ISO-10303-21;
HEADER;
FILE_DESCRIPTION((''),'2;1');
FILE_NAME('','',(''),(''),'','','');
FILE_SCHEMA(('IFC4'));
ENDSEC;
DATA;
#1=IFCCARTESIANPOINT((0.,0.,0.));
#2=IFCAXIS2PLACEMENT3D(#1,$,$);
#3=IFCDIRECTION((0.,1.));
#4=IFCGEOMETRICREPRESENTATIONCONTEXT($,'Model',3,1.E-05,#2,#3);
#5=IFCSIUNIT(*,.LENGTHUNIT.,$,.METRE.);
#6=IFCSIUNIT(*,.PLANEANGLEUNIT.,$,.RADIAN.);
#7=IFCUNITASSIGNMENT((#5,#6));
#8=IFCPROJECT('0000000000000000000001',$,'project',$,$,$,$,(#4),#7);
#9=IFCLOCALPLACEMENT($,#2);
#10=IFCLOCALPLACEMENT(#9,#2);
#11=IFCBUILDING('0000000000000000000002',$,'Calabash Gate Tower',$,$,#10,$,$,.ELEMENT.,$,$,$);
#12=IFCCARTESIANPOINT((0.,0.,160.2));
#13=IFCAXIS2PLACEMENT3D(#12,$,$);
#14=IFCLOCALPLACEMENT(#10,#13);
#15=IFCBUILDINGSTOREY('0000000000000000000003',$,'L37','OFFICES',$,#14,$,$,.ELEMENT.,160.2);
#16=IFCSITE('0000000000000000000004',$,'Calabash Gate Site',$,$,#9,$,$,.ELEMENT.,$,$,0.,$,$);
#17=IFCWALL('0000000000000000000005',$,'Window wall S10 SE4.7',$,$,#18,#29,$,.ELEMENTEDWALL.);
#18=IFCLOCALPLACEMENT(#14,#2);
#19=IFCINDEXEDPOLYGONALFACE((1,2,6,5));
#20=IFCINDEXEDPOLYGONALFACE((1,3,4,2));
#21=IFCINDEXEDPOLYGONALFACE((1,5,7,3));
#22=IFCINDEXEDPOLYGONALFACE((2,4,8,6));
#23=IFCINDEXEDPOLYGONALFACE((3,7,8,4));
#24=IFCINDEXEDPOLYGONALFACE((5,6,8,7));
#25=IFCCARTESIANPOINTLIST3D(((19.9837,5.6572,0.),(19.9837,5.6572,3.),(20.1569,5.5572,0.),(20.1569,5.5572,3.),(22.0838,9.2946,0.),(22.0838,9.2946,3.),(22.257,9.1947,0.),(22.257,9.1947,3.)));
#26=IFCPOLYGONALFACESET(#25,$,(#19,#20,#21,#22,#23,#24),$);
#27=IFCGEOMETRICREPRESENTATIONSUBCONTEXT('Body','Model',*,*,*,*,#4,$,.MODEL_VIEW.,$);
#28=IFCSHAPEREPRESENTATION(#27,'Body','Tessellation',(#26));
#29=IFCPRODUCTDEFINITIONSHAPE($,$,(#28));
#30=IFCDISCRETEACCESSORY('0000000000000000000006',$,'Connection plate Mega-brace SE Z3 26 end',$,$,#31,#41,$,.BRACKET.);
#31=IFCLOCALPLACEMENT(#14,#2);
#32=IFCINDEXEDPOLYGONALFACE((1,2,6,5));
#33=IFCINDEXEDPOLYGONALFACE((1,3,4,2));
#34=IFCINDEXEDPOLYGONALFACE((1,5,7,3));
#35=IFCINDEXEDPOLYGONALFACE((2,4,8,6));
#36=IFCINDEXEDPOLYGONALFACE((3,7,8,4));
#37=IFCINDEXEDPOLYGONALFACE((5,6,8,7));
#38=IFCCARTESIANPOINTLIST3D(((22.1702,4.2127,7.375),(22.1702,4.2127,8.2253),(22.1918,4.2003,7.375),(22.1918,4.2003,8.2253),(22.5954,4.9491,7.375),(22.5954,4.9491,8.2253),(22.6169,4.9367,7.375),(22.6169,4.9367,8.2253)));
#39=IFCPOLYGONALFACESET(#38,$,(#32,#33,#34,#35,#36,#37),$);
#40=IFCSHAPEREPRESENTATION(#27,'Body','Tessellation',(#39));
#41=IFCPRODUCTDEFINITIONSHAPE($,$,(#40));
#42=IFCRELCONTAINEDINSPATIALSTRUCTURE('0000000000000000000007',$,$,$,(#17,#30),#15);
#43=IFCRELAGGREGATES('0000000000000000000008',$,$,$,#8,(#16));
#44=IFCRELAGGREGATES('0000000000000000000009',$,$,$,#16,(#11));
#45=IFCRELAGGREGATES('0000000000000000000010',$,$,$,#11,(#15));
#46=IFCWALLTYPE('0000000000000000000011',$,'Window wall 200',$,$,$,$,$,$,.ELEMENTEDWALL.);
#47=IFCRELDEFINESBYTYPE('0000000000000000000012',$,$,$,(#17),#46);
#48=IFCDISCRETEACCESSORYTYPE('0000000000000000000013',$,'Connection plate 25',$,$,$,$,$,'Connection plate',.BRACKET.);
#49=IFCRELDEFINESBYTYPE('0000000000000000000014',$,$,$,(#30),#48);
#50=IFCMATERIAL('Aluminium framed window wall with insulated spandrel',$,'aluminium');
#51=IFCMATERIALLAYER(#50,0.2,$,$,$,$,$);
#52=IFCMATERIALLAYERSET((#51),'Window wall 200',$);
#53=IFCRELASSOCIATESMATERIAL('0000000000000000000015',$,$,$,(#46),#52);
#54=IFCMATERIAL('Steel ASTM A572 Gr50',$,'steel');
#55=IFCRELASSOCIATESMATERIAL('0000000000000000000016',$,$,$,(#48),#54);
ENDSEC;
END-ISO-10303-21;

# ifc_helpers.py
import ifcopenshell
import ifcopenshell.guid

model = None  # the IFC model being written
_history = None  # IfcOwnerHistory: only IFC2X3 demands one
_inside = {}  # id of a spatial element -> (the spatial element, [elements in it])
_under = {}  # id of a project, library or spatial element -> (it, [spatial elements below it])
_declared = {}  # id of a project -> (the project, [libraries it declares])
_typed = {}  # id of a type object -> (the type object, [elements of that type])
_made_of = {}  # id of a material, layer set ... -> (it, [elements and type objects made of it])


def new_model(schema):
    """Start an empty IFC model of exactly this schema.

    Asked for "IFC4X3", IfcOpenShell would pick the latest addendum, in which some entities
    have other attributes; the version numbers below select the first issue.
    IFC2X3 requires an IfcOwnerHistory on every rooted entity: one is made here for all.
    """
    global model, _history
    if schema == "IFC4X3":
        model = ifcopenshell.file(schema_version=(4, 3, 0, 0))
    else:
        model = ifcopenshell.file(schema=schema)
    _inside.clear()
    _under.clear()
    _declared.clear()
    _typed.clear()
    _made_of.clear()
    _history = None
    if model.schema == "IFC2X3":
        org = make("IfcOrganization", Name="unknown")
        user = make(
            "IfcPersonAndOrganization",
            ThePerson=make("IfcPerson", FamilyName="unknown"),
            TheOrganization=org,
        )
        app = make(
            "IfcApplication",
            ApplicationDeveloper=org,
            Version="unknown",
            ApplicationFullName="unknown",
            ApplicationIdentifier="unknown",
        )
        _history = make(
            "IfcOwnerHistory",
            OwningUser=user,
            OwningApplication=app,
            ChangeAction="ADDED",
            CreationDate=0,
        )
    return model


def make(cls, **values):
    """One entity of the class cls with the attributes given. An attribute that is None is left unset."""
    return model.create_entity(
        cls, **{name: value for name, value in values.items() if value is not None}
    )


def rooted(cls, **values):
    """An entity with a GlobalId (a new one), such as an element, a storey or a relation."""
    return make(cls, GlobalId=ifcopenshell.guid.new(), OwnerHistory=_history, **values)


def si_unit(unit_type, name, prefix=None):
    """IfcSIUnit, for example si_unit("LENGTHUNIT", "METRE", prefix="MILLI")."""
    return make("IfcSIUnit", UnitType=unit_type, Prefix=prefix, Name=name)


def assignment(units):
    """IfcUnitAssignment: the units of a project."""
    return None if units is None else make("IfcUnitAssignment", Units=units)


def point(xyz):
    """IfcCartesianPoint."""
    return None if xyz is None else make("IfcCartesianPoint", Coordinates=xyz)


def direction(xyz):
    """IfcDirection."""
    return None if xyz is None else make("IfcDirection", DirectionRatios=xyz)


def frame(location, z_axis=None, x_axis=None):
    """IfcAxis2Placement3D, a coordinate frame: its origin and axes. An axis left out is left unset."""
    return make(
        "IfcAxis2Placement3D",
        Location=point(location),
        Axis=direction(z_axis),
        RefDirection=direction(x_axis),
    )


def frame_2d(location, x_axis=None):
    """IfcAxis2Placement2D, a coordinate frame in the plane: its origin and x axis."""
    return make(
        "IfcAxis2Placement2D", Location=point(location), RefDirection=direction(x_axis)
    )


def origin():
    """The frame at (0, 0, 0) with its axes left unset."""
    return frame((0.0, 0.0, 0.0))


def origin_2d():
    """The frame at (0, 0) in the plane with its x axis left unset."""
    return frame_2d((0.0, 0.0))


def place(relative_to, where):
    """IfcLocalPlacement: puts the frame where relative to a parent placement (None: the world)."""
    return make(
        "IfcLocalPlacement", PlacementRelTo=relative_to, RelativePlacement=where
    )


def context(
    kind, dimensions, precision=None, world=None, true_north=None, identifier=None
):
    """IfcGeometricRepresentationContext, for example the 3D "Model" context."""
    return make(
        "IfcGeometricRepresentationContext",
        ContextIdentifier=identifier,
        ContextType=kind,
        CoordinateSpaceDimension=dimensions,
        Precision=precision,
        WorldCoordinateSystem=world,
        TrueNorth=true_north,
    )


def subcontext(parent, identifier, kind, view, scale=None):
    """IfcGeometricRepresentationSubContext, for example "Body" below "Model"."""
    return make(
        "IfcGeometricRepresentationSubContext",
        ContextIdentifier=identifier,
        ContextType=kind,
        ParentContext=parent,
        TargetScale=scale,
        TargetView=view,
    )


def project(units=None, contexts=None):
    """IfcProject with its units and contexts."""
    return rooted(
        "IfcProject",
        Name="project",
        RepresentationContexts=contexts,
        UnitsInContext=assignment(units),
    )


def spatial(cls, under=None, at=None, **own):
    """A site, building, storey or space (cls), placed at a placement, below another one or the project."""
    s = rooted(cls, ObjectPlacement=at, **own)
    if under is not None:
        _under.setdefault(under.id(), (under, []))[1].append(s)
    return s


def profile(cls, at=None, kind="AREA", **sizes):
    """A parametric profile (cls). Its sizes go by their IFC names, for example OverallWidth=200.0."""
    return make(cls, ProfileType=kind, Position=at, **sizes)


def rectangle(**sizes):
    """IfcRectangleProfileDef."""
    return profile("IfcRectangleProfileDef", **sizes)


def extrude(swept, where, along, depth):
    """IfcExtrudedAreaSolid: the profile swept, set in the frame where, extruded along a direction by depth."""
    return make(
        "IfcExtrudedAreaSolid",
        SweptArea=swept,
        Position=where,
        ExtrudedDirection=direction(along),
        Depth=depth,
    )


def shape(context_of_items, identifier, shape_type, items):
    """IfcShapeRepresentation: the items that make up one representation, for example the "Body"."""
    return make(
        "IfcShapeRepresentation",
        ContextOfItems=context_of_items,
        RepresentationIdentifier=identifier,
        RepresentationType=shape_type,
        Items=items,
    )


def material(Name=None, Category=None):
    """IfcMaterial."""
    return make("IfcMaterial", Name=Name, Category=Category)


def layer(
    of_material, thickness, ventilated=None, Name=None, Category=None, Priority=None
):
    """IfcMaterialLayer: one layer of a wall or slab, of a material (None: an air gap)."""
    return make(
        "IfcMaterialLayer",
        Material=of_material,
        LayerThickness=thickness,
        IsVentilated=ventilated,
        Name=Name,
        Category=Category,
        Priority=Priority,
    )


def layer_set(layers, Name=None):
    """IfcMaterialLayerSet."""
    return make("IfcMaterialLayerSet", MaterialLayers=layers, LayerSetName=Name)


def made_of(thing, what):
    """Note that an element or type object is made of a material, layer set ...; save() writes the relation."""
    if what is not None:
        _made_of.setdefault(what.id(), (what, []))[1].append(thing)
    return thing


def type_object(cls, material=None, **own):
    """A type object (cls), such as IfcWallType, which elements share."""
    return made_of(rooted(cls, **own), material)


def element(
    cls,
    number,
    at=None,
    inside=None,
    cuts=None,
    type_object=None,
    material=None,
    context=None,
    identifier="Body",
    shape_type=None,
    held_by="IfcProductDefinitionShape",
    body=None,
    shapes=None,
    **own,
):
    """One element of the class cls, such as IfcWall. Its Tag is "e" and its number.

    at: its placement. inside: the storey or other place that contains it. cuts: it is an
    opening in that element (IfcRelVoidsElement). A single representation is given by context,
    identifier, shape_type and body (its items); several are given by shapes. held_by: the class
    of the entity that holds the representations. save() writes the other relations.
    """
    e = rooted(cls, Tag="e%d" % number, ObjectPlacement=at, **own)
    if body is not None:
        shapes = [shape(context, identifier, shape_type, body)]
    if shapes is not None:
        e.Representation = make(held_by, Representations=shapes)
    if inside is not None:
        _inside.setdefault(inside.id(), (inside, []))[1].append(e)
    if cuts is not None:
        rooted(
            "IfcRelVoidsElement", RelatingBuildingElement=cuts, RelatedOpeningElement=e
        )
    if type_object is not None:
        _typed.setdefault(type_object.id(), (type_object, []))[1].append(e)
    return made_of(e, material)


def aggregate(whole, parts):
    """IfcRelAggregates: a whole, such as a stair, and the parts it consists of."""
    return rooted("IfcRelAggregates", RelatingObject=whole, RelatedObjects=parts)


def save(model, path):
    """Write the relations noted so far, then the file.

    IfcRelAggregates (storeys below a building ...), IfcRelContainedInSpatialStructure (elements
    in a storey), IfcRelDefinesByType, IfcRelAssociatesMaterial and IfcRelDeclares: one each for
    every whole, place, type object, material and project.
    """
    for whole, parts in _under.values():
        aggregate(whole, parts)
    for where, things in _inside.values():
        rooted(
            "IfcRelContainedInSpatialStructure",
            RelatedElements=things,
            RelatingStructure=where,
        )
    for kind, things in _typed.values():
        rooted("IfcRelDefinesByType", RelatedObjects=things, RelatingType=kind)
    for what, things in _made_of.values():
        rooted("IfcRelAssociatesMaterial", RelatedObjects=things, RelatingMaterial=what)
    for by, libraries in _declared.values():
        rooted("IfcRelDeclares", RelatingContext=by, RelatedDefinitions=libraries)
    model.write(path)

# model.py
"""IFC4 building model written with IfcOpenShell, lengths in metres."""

from ifc_helpers import new_model, si_unit, direction, frame, frame_2d, origin, origin_2d, place, context, subcontext, project, spatial, rectangle, extrude, material, layer, layer_set, type_object, element, save


model = new_model("IFC4")

# Units and contexts
model_context = context("Model", 3, precision=1e-05, world=origin(), true_north=direction((0.0, 1.0)))
body_context = subcontext(model_context, "Body", "Model", "MODEL_VIEW")
ifc_project = project(units=[si_unit("LENGTHUNIT", "METRE"), si_unit("PLANEANGLEUNIT", "RADIAN")], contexts=[model_context])

# Site, building, storey
site_placement = place(None, origin())
site = spatial("IfcSite", under=ifc_project, at=site_placement, Name="Calabash Gate Site", CompositionType="ELEMENT", RefElevation=0.0)
building_placement = place(site_placement, origin())
building = spatial("IfcBuilding", under=site, at=building_placement, Name="Calabash Gate Tower", CompositionType="ELEMENT")
storey_placement = place(building_placement, frame((0.0, 0.0, 160.2)))
storey = spatial("IfcBuildingStorey", under=building, at=storey_placement, Name="L37", Description="OFFICES", CompositionType="ELEMENT", Elevation=160.2)

# Wall
ifc_material_1 = material(Name="Aluminium framed window wall with insulated spandrel", Category="aluminium")
ifc_layer_1 = layer(ifc_material_1, 0.2)
ifc_layer_set_1 = layer_set([ifc_layer_1], Name="Window wall 200")
wall_type_1 = type_object("IfcWallType", Name="Window wall 200", PredefinedType="ELEMENTEDWALL", material=ifc_layer_set_1)
wall_1_placement = place(storey_placement, frame((20.0703, 5.6072, 0.0), z_axis=(0.0, 0.0, 1.0), x_axis=(0.500003, 0.866024, 0.0)))
element("IfcWall", 1, at=wall_1_placement, inside=storey, type_object=wall_type_1, Name="Window wall S10 SE4.7", PredefinedType="ELEMENTEDWALL", context=body_context, shape_type="SweptSolid", body=[
    extrude(rectangle(XDim=4.2002, YDim=0.2, at=frame_2d((2.1001, 0.0))), origin(), (0.0, 0.0, 1.0), 3.0),
])

# Discrete accessory
ifc_material_2 = material(Name="Steel ASTM A572 Gr50", Category="steel")
discrete_accessory_type = type_object("IfcDiscreteAccessoryType", Name="Connection plate 25", ElementType="Connection plate", PredefinedType="BRACKET", material=ifc_material_2)
discrete_accessory_placement = place(storey_placement, frame((22.3936, 4.5747, 7.375), z_axis=(0.0, 0.0, 1.0), x_axis=(0.5, 0.866025, 0.0)))
element("IfcDiscreteAccessory", 2, at=discrete_accessory_placement, inside=storey, type_object=discrete_accessory_type, Name="Connection plate Mega-brace SE Z3 26 end", PredefinedType="BRACKET", context=body_context, shape_type="SweptSolid", body=[
    extrude(rectangle(XDim=0.8503, YDim=0.0249, at=origin_2d()), origin(), (0.0, 0.0, 1.0), 0.8503),
])

save(model, "model.ifc")
